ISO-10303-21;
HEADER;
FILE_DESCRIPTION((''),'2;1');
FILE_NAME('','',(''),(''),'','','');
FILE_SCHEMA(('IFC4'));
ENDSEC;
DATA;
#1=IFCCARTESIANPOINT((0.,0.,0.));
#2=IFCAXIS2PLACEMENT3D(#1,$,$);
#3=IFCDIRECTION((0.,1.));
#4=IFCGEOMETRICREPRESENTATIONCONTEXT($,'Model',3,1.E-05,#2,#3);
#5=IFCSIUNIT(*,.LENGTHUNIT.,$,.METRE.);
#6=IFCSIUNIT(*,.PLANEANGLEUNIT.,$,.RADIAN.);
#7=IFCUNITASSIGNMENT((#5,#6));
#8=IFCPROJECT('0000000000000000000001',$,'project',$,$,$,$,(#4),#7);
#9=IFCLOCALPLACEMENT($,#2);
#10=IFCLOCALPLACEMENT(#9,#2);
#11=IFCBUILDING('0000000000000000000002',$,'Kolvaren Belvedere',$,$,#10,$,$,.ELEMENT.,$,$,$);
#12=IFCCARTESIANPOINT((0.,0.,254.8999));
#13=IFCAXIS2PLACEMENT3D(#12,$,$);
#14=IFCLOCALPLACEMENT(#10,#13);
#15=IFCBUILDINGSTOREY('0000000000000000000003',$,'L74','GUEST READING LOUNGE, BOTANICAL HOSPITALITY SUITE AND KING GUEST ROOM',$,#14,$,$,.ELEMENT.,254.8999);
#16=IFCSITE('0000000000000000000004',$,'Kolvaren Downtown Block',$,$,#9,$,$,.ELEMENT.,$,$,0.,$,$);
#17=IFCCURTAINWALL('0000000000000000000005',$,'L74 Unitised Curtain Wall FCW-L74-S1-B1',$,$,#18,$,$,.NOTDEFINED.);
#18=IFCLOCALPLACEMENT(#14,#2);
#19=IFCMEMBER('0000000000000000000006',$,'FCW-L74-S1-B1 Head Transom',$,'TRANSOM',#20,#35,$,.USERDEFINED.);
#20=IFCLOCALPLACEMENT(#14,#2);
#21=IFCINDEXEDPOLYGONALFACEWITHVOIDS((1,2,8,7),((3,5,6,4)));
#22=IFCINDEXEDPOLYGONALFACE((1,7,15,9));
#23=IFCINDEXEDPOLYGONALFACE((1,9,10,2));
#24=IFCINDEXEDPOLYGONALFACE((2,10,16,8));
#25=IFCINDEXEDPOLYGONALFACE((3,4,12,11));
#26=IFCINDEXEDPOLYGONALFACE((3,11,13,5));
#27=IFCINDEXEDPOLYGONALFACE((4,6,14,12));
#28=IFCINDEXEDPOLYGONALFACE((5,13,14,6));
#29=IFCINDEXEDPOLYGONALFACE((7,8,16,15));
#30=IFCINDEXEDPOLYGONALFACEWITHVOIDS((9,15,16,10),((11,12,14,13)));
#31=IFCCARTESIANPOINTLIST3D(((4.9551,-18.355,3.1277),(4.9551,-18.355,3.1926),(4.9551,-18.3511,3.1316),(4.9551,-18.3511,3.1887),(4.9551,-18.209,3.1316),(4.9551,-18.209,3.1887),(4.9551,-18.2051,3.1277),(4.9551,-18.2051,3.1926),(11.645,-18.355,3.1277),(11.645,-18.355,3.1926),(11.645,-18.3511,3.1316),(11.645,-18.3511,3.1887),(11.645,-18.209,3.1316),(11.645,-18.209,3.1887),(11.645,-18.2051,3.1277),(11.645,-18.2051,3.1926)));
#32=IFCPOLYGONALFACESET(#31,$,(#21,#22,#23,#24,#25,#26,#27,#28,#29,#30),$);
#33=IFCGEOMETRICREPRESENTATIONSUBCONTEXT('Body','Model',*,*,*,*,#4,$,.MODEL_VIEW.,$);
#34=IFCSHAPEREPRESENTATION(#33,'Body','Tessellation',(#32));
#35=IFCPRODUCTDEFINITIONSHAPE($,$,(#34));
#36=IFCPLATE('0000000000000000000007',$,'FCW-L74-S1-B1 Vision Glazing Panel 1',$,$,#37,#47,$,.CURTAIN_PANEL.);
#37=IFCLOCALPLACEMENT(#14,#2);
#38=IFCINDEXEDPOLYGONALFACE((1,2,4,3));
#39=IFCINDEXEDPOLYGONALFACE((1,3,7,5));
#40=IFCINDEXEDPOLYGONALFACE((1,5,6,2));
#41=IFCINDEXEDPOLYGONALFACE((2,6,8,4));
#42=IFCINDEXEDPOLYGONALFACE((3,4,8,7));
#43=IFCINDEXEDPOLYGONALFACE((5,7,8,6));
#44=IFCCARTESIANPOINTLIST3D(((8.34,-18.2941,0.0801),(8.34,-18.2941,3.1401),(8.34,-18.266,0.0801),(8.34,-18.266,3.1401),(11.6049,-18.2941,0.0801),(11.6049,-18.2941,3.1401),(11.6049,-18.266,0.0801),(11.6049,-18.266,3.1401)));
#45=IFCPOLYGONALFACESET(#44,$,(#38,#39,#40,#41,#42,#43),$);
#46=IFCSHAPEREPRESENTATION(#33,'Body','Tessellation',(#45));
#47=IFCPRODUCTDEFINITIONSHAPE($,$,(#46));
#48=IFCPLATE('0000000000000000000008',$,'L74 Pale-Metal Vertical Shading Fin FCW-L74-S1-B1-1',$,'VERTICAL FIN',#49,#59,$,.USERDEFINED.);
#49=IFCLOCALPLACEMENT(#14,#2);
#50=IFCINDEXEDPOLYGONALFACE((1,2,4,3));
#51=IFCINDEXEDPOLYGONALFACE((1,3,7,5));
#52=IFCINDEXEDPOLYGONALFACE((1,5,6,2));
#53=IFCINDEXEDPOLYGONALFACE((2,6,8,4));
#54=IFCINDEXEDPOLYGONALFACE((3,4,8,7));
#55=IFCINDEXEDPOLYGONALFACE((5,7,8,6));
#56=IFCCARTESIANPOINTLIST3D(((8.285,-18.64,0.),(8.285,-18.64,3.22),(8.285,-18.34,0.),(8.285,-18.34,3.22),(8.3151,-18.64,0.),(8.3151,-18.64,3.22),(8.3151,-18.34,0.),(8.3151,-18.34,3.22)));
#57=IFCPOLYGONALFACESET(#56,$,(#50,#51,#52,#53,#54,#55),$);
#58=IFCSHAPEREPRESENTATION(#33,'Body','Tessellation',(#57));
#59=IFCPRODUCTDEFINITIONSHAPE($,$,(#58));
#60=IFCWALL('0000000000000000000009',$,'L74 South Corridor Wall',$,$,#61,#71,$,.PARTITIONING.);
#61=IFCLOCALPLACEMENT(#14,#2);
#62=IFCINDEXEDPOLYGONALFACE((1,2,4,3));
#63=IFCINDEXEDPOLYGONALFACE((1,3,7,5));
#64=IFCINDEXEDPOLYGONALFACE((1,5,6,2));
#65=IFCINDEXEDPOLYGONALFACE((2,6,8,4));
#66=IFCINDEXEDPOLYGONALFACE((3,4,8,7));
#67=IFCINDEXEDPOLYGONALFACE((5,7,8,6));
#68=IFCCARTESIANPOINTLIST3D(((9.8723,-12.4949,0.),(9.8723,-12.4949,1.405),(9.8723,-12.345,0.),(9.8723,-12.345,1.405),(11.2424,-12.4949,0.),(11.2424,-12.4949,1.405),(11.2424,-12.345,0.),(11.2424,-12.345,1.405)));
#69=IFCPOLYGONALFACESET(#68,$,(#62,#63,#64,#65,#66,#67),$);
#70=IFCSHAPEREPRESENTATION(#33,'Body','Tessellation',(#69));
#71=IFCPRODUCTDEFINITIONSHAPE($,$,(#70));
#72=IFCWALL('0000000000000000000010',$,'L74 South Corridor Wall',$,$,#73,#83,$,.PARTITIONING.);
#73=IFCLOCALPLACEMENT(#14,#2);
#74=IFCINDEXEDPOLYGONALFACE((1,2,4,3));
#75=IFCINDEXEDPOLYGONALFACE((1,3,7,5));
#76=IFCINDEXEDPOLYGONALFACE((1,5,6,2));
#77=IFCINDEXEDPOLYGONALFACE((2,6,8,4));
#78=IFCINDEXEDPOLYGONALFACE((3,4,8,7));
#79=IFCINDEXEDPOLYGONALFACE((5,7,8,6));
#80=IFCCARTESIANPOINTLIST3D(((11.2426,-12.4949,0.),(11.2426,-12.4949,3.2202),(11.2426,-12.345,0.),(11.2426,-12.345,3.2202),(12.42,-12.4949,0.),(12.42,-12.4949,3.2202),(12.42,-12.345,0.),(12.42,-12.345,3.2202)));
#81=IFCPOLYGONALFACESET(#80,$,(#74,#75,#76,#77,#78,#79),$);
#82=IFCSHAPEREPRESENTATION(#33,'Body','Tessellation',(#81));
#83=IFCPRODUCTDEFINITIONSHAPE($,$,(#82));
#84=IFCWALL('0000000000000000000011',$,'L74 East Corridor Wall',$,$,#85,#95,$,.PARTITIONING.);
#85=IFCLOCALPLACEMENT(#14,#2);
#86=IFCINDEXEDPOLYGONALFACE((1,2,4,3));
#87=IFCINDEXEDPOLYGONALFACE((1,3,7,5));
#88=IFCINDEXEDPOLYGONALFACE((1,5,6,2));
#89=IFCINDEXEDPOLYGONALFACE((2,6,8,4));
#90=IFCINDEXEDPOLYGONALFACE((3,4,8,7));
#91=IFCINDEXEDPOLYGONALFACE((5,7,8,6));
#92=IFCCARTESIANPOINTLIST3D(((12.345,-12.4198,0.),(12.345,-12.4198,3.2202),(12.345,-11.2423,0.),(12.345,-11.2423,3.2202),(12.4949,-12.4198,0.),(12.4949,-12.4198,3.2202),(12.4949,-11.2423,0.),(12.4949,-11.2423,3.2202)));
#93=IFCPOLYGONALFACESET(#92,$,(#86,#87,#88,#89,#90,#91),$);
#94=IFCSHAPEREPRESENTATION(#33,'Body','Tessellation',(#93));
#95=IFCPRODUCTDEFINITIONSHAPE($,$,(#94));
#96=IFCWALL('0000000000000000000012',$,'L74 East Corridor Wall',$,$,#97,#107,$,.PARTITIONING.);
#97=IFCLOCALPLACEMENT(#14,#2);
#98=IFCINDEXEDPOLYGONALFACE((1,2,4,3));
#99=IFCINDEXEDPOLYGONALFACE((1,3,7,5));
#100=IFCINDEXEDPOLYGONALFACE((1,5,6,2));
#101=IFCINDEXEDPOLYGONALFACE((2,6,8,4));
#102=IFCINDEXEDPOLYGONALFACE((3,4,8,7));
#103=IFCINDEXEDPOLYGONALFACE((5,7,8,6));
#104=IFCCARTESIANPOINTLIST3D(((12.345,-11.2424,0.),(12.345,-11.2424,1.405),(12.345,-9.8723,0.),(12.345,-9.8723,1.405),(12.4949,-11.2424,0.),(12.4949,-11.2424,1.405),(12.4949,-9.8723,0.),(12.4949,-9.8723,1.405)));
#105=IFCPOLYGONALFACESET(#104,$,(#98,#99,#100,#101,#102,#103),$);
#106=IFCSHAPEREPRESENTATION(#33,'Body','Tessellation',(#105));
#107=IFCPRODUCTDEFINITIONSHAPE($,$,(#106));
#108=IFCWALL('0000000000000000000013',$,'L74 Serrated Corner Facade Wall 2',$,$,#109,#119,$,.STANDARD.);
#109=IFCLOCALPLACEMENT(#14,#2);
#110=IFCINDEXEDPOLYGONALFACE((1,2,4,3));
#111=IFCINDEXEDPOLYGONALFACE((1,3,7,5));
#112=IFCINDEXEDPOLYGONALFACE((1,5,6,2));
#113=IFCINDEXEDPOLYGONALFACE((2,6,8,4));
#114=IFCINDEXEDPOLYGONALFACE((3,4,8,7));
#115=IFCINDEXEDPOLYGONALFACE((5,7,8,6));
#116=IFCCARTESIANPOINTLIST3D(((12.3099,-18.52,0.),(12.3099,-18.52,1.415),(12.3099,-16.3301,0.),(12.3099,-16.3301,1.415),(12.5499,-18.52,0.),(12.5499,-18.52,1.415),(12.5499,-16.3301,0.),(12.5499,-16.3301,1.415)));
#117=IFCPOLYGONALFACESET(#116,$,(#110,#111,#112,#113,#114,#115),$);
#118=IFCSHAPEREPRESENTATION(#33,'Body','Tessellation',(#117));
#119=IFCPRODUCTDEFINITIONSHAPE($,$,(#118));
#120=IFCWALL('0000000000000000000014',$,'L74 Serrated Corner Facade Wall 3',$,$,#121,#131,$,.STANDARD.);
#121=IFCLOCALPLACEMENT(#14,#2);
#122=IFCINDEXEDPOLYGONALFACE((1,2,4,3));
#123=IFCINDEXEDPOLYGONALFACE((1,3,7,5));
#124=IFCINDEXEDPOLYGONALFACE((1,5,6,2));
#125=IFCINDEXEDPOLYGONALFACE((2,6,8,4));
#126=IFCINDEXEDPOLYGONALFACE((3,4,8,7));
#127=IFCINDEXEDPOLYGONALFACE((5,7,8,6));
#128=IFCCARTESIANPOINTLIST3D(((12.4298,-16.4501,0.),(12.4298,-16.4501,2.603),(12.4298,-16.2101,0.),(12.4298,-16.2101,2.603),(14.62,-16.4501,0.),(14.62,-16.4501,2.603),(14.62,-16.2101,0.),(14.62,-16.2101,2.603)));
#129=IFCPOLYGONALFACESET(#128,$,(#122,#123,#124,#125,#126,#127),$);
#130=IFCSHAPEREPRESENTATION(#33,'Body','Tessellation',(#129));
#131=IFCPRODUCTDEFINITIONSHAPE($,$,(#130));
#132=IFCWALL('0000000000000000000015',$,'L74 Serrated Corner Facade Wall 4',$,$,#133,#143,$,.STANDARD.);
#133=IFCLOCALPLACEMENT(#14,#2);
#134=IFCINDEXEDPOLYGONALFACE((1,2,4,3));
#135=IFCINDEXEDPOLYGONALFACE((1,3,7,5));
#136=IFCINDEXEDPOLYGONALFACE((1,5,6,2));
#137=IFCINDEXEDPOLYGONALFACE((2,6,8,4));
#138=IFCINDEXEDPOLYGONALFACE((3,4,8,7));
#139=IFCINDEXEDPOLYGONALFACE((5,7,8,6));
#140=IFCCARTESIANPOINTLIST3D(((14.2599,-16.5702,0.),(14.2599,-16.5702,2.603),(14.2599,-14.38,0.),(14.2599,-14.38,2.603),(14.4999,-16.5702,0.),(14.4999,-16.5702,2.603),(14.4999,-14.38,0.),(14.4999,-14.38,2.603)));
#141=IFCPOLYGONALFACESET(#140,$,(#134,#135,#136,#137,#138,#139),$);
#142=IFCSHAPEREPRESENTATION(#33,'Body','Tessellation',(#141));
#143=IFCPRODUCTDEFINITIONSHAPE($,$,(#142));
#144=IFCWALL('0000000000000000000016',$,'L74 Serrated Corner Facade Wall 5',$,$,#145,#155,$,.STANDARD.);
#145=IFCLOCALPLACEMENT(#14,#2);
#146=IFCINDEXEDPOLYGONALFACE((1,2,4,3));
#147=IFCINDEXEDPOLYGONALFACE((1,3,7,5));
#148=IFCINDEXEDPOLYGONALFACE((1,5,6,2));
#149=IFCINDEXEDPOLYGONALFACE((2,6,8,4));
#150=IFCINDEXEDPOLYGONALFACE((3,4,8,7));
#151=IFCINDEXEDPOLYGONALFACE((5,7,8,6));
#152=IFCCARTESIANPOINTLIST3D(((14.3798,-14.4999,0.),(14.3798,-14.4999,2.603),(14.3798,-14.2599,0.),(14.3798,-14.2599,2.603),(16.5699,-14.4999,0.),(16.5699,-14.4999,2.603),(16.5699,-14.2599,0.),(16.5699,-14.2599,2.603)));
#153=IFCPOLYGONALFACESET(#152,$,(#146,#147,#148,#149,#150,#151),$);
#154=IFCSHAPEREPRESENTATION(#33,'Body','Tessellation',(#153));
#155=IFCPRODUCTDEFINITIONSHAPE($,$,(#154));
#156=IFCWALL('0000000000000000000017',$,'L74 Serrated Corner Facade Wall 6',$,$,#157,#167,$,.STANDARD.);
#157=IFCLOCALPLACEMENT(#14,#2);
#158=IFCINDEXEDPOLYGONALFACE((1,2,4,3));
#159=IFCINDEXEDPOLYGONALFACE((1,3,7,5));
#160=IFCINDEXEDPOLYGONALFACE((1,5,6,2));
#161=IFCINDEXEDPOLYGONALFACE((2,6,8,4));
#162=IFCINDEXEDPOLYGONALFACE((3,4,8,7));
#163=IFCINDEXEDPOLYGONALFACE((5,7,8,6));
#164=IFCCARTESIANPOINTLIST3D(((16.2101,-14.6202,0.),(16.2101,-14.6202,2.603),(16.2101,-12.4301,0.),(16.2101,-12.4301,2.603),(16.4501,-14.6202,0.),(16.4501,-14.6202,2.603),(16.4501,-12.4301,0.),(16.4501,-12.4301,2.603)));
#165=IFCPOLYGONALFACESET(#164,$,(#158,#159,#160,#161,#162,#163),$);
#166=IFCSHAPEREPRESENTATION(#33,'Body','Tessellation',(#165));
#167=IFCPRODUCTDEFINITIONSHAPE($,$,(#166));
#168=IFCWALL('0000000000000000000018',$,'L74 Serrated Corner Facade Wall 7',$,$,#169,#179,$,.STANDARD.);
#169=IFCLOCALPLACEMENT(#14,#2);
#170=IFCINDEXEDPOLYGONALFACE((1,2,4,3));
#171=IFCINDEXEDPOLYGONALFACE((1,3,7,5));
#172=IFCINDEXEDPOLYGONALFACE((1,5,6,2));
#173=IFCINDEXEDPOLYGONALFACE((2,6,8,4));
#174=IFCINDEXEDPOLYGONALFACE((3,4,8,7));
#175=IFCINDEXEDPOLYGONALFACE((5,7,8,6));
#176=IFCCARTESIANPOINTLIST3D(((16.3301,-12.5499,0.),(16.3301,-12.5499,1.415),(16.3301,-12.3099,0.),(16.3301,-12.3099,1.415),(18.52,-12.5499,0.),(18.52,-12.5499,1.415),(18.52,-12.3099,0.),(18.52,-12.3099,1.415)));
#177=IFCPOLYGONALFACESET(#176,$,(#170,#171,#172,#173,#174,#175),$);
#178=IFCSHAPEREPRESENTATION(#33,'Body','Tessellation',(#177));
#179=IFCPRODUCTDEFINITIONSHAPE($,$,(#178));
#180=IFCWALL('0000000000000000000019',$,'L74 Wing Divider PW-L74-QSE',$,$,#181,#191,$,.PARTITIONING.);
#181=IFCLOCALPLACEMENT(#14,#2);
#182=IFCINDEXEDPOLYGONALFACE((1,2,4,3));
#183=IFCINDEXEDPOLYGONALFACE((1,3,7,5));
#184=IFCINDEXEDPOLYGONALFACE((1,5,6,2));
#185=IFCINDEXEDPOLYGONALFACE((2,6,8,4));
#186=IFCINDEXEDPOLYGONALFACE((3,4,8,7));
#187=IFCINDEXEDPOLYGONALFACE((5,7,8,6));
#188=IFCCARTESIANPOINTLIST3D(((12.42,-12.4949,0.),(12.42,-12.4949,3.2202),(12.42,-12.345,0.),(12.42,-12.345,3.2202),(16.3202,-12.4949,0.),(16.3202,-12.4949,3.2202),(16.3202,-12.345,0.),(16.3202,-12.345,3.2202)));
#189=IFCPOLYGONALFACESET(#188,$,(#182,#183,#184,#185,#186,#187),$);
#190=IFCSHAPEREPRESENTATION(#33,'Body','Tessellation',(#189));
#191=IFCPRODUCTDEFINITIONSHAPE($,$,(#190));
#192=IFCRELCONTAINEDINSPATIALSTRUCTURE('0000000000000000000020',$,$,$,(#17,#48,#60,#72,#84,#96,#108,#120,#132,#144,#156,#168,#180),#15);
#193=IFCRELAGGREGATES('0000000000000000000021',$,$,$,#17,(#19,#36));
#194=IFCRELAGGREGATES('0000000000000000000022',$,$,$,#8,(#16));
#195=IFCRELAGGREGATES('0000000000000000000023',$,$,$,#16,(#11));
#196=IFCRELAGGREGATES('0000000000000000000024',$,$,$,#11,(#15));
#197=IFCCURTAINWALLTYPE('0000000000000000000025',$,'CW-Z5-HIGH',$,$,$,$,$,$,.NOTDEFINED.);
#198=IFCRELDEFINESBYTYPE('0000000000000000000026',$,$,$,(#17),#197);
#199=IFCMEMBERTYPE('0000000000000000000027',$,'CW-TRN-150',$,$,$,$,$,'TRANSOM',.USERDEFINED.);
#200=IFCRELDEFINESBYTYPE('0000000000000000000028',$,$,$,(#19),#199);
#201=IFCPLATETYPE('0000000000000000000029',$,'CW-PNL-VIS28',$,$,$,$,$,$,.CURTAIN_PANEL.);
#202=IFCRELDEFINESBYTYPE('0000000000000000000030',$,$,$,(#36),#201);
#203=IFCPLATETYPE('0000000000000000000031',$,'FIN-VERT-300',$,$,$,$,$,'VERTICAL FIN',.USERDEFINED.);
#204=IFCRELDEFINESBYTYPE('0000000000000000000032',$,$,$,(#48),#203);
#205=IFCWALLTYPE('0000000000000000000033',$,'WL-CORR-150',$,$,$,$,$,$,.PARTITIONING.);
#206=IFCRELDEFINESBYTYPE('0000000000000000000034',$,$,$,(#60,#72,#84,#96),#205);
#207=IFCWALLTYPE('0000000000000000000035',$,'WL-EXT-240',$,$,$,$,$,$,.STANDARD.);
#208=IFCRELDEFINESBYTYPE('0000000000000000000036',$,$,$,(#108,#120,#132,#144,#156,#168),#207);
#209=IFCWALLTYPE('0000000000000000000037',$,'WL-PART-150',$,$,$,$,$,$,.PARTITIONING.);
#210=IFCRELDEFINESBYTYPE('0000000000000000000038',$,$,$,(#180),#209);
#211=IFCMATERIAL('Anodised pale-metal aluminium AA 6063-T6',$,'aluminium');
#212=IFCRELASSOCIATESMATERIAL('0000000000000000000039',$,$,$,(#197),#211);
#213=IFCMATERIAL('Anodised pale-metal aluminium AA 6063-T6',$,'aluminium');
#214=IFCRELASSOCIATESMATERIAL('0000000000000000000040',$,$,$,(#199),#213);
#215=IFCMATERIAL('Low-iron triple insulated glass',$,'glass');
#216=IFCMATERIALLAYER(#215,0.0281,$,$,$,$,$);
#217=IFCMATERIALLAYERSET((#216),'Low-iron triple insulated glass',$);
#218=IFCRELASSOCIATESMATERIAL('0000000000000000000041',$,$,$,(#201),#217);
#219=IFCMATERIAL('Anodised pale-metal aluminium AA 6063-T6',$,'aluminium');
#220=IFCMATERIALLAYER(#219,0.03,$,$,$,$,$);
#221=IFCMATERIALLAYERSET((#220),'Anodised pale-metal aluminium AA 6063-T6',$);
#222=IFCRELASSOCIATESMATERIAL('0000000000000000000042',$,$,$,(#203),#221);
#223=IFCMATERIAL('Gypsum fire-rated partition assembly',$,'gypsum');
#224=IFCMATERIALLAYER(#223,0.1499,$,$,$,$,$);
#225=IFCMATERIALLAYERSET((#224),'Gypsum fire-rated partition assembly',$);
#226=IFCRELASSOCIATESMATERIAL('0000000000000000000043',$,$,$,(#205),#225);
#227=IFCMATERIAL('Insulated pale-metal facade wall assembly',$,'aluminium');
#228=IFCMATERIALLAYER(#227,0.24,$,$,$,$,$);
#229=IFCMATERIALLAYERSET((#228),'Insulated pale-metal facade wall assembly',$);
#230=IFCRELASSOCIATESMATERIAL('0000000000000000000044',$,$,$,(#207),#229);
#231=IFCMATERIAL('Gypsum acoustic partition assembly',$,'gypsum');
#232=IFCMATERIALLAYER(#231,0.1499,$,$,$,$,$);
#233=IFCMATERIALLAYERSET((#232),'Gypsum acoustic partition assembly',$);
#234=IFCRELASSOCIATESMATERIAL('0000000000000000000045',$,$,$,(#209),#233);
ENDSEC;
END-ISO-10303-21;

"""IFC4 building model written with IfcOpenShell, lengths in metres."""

from ifc_helpers import new_model, si_unit, direction, frame, frame_2d, origin, origin_2d, place, context, subcontext, project, spatial, rectangle, hollow_rectangle, extrude, material, layer, layer_set, material_profile, profile_set, type_object, element, aggregate, save


model = new_model("IFC4")

# Units and contexts
model_context = context("Model", 3, precision=1e-05, world=origin(), true_north=direction((0.0, 1.0)))
body_context = subcontext(model_context, "Body", "Model", "MODEL_VIEW")
ifc_project = project(units=[si_unit("LENGTHUNIT", "METRE"), si_unit("PLANEANGLEUNIT", "RADIAN")], contexts=[model_context])

# Site, building, storey
site_placement = place(None, origin())
site = spatial("IfcSite", under=ifc_project, at=site_placement, Name="Kolvaren Downtown Block", CompositionType="ELEMENT", RefElevation=0.0)
building_placement = place(site_placement, origin())
building = spatial("IfcBuilding", under=site, at=building_placement, Name="Kolvaren Belvedere", CompositionType="ELEMENT")
storey_placement = place(building_placement, frame((0.0, 0.0, 254.8999)))
storey = spatial("IfcBuildingStorey", under=building, at=storey_placement, Name="L74", Description="GUEST READING LOUNGE, BOTANICAL HOSPITALITY SUITE AND KING GUEST ROOM", CompositionType="ELEMENT", Elevation=254.8999)

# Curtain wall
ifc_material_1 = material(Name="Anodised pale-metal aluminium AA 6063-T6", Category="aluminium")
curtain_wall_type = type_object("IfcCurtainWallType", Name="CW-Z5-HIGH", PredefinedType="NOTDEFINED", material=ifc_material_1)
curtain_wall_1_placement = place(storey_placement, origin())
curtain_wall_1 = element("IfcCurtainWall", 1, at=curtain_wall_1_placement, inside=storey, type_object=curtain_wall_type, Name="L74 Unitised Curtain Wall FCW-L74-S1-B1", PredefinedType="NOTDEFINED")

# Member
ifc_material_2 = material(Name="Anodised pale-metal aluminium AA 6063-T6", Category="aluminium")
ifc_material_profile_1 = material_profile(ifc_material_2, hollow_rectangle(XDim=0.0649, YDim=0.1499, WallThickness=0.0039, at=origin_2d()), Name="ALU-TRN-150X65")
ifc_profile_set_1 = profile_set([ifc_material_profile_1], Name="Anodised pale-metal aluminium AA 6063-T6")
member_type_1 = type_object("IfcMemberType", Name="CW-TRN-150", ElementType="TRANSOM", PredefinedType="USERDEFINED", material=ifc_profile_set_1)
member_1_placement = place(storey_placement, frame((11.645, -18.28, 3.1602), z_axis=(-1.0, 0.0, 0.0), x_axis=(0.0, 0.0, 1.0)))
member_1 = element("IfcMember", 2, at=member_1_placement, type_object=member_type_1, Name="FCW-L74-S1-B1 Head Transom", ObjectType="TRANSOM", PredefinedType="USERDEFINED", context=body_context, shape_type="SweptSolid", body=[
    extrude(hollow_rectangle(XDim=0.0649, YDim=0.1499, WallThickness=0.0039, at=origin_2d()), origin(), (0.0, 0.0, 1.0), 6.6899),
])

# Plates
ifc_material_3 = material(Name="Low-iron triple insulated glass", Category="glass")
ifc_layer_1 = layer(ifc_material_3, 0.0281)
ifc_layer_set_1 = layer_set([ifc_layer_1], Name="Low-iron triple insulated glass")
plate_type_1 = type_object("IfcPlateType", Name="CW-PNL-VIS28", PredefinedType="CURTAIN_PANEL", material=ifc_layer_set_1)
plate_1_placement = place(storey_placement, frame((9.9724, -18.28, 0.0801), z_axis=(0.0, 0.0, 1.0), x_axis=(-1.0, 0.0, 0.0)))
plate_1 = element("IfcPlate", 3, at=plate_1_placement, type_object=plate_type_1, Name="FCW-L74-S1-B1 Vision Glazing Panel 1", PredefinedType="CURTAIN_PANEL", context=body_context, shape_type="SweptSolid", body=[
    extrude(rectangle(XDim=3.2649, YDim=0.0281, at=origin_2d()), origin(), (0.0, 0.0, 1.0), 3.0601),
])
aggregate(curtain_wall_1, [member_1, plate_1])
ifc_material_4 = material(Name="Anodised pale-metal aluminium AA 6063-T6", Category="aluminium")
ifc_layer_2 = layer(ifc_material_4, 0.03)
ifc_layer_set_2 = layer_set([ifc_layer_2], Name="Anodised pale-metal aluminium AA 6063-T6")
plate_type_2 = type_object("IfcPlateType", Name="FIN-VERT-300", ElementType="VERTICAL FIN", PredefinedType="USERDEFINED", material=ifc_layer_set_2)
plate_2_placement = place(storey_placement, frame((8.3, -18.49, 0.0), z_axis=(0.0, 0.0, 1.0), x_axis=(0.0, 1.0, 0.0)))
element("IfcPlate", 4, at=plate_2_placement, inside=storey, type_object=plate_type_2, Name="L74 Pale-Metal Vertical Shading Fin FCW-L74-S1-B1-1", ObjectType="VERTICAL FIN", PredefinedType="USERDEFINED", context=body_context, shape_type="SweptSolid", body=[
    extrude(rectangle(XDim=0.3, YDim=0.03, at=origin_2d()), origin(), (0.0, 0.0, 1.0), 3.22),
])

# Walls
ifc_material_5 = material(Name="Gypsum fire-rated partition assembly", Category="gypsum")
ifc_layer_3 = layer(ifc_material_5, 0.1499)
ifc_layer_set_3 = layer_set([ifc_layer_3], Name="Gypsum fire-rated partition assembly")
wall_type_1 = type_object("IfcWallType", Name="WL-CORR-150", PredefinedType="PARTITIONING", material=ifc_layer_set_3)
wall_1_placement = place(storey_placement, frame((9.8723, -12.4199, 0.0), z_axis=(0.0, 0.0, 1.0), x_axis=(1.0, 0.0, 0.0)))
element("IfcWall", 5, at=wall_1_placement, inside=storey, type_object=wall_type_1, Name="L74 South Corridor Wall", PredefinedType="PARTITIONING", context=body_context, shape_type="SweptSolid", body=[
    extrude(rectangle(XDim=1.3701, YDim=0.1499, at=frame_2d((0.6851, 0.0))), origin(), (0.0, 0.0, 1.0), 1.405),
])
for number, where, z_axis, x_axis, name in (
    (6, (11.2424, -12.4199, 0.0), (0.0, 0.0, 1.0), (1.0, 0.0, 0.0), "L74 South Corridor Wall"),
    (7, (12.4199, -12.4199, 0.0), (0.0, 0.0, 1.0), (0.0, 1.0, 0.0), "L74 East Corridor Wall"),
):
    element("IfcWall", number, at=place(storey_placement, frame(where, z_axis=z_axis, x_axis=x_axis)), inside=storey, type_object=wall_type_1, Name=name, PredefinedType="PARTITIONING", context=body_context, shape_type="SweptSolid", body=[
        extrude(rectangle(XDim=1.1775, YDim=0.1499, at=frame_2d((0.5889, 0.0))), origin(), (0.0, 0.0, 1.0), 3.2202),
    ])
wall_2_placement = place(storey_placement, frame((12.4199, -11.2424, 0.0), z_axis=(0.0, 0.0, 1.0), x_axis=(0.0, 1.0, 0.0)))
element("IfcWall", 8, at=wall_2_placement, inside=storey, type_object=wall_type_1, Name="L74 East Corridor Wall", PredefinedType="PARTITIONING", context=body_context, shape_type="SweptSolid", body=[
    extrude(rectangle(XDim=1.3701, YDim=0.1499, at=frame_2d((0.6851, 0.0))), origin(), (0.0, 0.0, 1.0), 1.405),
])
ifc_material_6 = material(Name="Insulated pale-metal facade wall assembly", Category="aluminium")
ifc_layer_4 = layer(ifc_material_6, 0.24)
ifc_layer_set_4 = layer_set([ifc_layer_4], Name="Insulated pale-metal facade wall assembly")
wall_type_2 = type_object("IfcWallType", Name="WL-EXT-240", PredefinedType="STANDARD", material=ifc_layer_set_4)
wall_3_placement = place(storey_placement, frame((12.4299, -16.3301, 0.0), z_axis=(0.0, 0.0, 1.0), x_axis=(0.0, -1.0, 0.0)))
element("IfcWall", 9, at=wall_3_placement, inside=storey, type_object=wall_type_2, Name="L74 Serrated Corner Facade Wall 2", PredefinedType="STANDARD", context=body_context, shape_type="SweptSolid", body=[
    extrude(rectangle(XDim=2.1899, YDim=0.24, at=frame_2d((1.095, 0.0))), origin(), (0.0, 0.0, 1.0), 1.415),
])
for number, where, z_axis, x_axis, name in (
    (10, (14.6201, -16.3301, 0.0), (0.0, 0.0, 1.0), (-1.0, 0.0, 0.0), "L74 Serrated Corner Facade Wall 3"),
    (11, (14.3799, -14.3799, 0.0), (0.0, 0.0, 1.0), (0.0, -1.0, 0.0), "L74 Serrated Corner Facade Wall 4"),
    (12, (16.5701, -14.3799, 0.0), (0.0, 0.0, 1.0), (-1.0, 0.0, 0.0), "L74 Serrated Corner Facade Wall 5"),
    (13, (16.3301, -12.4299, 0.0), (0.0, 0.0, 1.0), (0.0, -1.0, 0.0), "L74 Serrated Corner Facade Wall 6"),
):
    element("IfcWall", number, at=place(storey_placement, frame(where, z_axis=z_axis, x_axis=x_axis)), inside=storey, type_object=wall_type_2, Name=name, PredefinedType="STANDARD", context=body_context, shape_type="SweptSolid", body=[
        extrude(rectangle(XDim=2.1902, YDim=0.24, at=frame_2d((1.0952, 0.0))), origin(), (0.0, 0.0, 1.0), 2.603),
    ])
wall_4_placement = place(storey_placement, frame((18.52, -12.4299, 0.0), z_axis=(0.0, 0.0, 1.0), x_axis=(-1.0, 0.0, 0.0)))
element("IfcWall", 14, at=wall_4_placement, inside=storey, type_object=wall_type_2, Name="L74 Serrated Corner Facade Wall 7", PredefinedType="STANDARD", context=body_context, shape_type="SweptSolid", body=[
    extrude(rectangle(XDim=2.1899, YDim=0.24, at=frame_2d((1.095, 0.0))), origin(), (0.0, 0.0, 1.0), 1.415),
])
ifc_material_7 = material(Name="Gypsum acoustic partition assembly", Category="gypsum")
ifc_layer_5 = layer(ifc_material_7, 0.1499)
ifc_layer_set_5 = layer_set([ifc_layer_5], Name="Gypsum acoustic partition assembly")
wall_type_3 = type_object("IfcWallType", Name="WL-PART-150", PredefinedType="PARTITIONING", material=ifc_layer_set_5)
wall_5_placement = place(storey_placement, frame((12.4199, -12.4199, 0.0), z_axis=(0.0, 0.0, 1.0), x_axis=(1.0, 0.0, 0.0)))
element("IfcWall", 15, at=wall_5_placement, inside=storey, type_object=wall_type_3, Name="L74 Wing Divider PW-L74-QSE", PredefinedType="PARTITIONING", context=body_context, shape_type="SweptSolid", body=[
    extrude(rectangle(XDim=3.9001, YDim=0.1499, at=frame_2d((1.9502, 0.0))), origin(), (0.0, 0.0, 1.0), 3.2202),
])

save(model, "model.ifc")
